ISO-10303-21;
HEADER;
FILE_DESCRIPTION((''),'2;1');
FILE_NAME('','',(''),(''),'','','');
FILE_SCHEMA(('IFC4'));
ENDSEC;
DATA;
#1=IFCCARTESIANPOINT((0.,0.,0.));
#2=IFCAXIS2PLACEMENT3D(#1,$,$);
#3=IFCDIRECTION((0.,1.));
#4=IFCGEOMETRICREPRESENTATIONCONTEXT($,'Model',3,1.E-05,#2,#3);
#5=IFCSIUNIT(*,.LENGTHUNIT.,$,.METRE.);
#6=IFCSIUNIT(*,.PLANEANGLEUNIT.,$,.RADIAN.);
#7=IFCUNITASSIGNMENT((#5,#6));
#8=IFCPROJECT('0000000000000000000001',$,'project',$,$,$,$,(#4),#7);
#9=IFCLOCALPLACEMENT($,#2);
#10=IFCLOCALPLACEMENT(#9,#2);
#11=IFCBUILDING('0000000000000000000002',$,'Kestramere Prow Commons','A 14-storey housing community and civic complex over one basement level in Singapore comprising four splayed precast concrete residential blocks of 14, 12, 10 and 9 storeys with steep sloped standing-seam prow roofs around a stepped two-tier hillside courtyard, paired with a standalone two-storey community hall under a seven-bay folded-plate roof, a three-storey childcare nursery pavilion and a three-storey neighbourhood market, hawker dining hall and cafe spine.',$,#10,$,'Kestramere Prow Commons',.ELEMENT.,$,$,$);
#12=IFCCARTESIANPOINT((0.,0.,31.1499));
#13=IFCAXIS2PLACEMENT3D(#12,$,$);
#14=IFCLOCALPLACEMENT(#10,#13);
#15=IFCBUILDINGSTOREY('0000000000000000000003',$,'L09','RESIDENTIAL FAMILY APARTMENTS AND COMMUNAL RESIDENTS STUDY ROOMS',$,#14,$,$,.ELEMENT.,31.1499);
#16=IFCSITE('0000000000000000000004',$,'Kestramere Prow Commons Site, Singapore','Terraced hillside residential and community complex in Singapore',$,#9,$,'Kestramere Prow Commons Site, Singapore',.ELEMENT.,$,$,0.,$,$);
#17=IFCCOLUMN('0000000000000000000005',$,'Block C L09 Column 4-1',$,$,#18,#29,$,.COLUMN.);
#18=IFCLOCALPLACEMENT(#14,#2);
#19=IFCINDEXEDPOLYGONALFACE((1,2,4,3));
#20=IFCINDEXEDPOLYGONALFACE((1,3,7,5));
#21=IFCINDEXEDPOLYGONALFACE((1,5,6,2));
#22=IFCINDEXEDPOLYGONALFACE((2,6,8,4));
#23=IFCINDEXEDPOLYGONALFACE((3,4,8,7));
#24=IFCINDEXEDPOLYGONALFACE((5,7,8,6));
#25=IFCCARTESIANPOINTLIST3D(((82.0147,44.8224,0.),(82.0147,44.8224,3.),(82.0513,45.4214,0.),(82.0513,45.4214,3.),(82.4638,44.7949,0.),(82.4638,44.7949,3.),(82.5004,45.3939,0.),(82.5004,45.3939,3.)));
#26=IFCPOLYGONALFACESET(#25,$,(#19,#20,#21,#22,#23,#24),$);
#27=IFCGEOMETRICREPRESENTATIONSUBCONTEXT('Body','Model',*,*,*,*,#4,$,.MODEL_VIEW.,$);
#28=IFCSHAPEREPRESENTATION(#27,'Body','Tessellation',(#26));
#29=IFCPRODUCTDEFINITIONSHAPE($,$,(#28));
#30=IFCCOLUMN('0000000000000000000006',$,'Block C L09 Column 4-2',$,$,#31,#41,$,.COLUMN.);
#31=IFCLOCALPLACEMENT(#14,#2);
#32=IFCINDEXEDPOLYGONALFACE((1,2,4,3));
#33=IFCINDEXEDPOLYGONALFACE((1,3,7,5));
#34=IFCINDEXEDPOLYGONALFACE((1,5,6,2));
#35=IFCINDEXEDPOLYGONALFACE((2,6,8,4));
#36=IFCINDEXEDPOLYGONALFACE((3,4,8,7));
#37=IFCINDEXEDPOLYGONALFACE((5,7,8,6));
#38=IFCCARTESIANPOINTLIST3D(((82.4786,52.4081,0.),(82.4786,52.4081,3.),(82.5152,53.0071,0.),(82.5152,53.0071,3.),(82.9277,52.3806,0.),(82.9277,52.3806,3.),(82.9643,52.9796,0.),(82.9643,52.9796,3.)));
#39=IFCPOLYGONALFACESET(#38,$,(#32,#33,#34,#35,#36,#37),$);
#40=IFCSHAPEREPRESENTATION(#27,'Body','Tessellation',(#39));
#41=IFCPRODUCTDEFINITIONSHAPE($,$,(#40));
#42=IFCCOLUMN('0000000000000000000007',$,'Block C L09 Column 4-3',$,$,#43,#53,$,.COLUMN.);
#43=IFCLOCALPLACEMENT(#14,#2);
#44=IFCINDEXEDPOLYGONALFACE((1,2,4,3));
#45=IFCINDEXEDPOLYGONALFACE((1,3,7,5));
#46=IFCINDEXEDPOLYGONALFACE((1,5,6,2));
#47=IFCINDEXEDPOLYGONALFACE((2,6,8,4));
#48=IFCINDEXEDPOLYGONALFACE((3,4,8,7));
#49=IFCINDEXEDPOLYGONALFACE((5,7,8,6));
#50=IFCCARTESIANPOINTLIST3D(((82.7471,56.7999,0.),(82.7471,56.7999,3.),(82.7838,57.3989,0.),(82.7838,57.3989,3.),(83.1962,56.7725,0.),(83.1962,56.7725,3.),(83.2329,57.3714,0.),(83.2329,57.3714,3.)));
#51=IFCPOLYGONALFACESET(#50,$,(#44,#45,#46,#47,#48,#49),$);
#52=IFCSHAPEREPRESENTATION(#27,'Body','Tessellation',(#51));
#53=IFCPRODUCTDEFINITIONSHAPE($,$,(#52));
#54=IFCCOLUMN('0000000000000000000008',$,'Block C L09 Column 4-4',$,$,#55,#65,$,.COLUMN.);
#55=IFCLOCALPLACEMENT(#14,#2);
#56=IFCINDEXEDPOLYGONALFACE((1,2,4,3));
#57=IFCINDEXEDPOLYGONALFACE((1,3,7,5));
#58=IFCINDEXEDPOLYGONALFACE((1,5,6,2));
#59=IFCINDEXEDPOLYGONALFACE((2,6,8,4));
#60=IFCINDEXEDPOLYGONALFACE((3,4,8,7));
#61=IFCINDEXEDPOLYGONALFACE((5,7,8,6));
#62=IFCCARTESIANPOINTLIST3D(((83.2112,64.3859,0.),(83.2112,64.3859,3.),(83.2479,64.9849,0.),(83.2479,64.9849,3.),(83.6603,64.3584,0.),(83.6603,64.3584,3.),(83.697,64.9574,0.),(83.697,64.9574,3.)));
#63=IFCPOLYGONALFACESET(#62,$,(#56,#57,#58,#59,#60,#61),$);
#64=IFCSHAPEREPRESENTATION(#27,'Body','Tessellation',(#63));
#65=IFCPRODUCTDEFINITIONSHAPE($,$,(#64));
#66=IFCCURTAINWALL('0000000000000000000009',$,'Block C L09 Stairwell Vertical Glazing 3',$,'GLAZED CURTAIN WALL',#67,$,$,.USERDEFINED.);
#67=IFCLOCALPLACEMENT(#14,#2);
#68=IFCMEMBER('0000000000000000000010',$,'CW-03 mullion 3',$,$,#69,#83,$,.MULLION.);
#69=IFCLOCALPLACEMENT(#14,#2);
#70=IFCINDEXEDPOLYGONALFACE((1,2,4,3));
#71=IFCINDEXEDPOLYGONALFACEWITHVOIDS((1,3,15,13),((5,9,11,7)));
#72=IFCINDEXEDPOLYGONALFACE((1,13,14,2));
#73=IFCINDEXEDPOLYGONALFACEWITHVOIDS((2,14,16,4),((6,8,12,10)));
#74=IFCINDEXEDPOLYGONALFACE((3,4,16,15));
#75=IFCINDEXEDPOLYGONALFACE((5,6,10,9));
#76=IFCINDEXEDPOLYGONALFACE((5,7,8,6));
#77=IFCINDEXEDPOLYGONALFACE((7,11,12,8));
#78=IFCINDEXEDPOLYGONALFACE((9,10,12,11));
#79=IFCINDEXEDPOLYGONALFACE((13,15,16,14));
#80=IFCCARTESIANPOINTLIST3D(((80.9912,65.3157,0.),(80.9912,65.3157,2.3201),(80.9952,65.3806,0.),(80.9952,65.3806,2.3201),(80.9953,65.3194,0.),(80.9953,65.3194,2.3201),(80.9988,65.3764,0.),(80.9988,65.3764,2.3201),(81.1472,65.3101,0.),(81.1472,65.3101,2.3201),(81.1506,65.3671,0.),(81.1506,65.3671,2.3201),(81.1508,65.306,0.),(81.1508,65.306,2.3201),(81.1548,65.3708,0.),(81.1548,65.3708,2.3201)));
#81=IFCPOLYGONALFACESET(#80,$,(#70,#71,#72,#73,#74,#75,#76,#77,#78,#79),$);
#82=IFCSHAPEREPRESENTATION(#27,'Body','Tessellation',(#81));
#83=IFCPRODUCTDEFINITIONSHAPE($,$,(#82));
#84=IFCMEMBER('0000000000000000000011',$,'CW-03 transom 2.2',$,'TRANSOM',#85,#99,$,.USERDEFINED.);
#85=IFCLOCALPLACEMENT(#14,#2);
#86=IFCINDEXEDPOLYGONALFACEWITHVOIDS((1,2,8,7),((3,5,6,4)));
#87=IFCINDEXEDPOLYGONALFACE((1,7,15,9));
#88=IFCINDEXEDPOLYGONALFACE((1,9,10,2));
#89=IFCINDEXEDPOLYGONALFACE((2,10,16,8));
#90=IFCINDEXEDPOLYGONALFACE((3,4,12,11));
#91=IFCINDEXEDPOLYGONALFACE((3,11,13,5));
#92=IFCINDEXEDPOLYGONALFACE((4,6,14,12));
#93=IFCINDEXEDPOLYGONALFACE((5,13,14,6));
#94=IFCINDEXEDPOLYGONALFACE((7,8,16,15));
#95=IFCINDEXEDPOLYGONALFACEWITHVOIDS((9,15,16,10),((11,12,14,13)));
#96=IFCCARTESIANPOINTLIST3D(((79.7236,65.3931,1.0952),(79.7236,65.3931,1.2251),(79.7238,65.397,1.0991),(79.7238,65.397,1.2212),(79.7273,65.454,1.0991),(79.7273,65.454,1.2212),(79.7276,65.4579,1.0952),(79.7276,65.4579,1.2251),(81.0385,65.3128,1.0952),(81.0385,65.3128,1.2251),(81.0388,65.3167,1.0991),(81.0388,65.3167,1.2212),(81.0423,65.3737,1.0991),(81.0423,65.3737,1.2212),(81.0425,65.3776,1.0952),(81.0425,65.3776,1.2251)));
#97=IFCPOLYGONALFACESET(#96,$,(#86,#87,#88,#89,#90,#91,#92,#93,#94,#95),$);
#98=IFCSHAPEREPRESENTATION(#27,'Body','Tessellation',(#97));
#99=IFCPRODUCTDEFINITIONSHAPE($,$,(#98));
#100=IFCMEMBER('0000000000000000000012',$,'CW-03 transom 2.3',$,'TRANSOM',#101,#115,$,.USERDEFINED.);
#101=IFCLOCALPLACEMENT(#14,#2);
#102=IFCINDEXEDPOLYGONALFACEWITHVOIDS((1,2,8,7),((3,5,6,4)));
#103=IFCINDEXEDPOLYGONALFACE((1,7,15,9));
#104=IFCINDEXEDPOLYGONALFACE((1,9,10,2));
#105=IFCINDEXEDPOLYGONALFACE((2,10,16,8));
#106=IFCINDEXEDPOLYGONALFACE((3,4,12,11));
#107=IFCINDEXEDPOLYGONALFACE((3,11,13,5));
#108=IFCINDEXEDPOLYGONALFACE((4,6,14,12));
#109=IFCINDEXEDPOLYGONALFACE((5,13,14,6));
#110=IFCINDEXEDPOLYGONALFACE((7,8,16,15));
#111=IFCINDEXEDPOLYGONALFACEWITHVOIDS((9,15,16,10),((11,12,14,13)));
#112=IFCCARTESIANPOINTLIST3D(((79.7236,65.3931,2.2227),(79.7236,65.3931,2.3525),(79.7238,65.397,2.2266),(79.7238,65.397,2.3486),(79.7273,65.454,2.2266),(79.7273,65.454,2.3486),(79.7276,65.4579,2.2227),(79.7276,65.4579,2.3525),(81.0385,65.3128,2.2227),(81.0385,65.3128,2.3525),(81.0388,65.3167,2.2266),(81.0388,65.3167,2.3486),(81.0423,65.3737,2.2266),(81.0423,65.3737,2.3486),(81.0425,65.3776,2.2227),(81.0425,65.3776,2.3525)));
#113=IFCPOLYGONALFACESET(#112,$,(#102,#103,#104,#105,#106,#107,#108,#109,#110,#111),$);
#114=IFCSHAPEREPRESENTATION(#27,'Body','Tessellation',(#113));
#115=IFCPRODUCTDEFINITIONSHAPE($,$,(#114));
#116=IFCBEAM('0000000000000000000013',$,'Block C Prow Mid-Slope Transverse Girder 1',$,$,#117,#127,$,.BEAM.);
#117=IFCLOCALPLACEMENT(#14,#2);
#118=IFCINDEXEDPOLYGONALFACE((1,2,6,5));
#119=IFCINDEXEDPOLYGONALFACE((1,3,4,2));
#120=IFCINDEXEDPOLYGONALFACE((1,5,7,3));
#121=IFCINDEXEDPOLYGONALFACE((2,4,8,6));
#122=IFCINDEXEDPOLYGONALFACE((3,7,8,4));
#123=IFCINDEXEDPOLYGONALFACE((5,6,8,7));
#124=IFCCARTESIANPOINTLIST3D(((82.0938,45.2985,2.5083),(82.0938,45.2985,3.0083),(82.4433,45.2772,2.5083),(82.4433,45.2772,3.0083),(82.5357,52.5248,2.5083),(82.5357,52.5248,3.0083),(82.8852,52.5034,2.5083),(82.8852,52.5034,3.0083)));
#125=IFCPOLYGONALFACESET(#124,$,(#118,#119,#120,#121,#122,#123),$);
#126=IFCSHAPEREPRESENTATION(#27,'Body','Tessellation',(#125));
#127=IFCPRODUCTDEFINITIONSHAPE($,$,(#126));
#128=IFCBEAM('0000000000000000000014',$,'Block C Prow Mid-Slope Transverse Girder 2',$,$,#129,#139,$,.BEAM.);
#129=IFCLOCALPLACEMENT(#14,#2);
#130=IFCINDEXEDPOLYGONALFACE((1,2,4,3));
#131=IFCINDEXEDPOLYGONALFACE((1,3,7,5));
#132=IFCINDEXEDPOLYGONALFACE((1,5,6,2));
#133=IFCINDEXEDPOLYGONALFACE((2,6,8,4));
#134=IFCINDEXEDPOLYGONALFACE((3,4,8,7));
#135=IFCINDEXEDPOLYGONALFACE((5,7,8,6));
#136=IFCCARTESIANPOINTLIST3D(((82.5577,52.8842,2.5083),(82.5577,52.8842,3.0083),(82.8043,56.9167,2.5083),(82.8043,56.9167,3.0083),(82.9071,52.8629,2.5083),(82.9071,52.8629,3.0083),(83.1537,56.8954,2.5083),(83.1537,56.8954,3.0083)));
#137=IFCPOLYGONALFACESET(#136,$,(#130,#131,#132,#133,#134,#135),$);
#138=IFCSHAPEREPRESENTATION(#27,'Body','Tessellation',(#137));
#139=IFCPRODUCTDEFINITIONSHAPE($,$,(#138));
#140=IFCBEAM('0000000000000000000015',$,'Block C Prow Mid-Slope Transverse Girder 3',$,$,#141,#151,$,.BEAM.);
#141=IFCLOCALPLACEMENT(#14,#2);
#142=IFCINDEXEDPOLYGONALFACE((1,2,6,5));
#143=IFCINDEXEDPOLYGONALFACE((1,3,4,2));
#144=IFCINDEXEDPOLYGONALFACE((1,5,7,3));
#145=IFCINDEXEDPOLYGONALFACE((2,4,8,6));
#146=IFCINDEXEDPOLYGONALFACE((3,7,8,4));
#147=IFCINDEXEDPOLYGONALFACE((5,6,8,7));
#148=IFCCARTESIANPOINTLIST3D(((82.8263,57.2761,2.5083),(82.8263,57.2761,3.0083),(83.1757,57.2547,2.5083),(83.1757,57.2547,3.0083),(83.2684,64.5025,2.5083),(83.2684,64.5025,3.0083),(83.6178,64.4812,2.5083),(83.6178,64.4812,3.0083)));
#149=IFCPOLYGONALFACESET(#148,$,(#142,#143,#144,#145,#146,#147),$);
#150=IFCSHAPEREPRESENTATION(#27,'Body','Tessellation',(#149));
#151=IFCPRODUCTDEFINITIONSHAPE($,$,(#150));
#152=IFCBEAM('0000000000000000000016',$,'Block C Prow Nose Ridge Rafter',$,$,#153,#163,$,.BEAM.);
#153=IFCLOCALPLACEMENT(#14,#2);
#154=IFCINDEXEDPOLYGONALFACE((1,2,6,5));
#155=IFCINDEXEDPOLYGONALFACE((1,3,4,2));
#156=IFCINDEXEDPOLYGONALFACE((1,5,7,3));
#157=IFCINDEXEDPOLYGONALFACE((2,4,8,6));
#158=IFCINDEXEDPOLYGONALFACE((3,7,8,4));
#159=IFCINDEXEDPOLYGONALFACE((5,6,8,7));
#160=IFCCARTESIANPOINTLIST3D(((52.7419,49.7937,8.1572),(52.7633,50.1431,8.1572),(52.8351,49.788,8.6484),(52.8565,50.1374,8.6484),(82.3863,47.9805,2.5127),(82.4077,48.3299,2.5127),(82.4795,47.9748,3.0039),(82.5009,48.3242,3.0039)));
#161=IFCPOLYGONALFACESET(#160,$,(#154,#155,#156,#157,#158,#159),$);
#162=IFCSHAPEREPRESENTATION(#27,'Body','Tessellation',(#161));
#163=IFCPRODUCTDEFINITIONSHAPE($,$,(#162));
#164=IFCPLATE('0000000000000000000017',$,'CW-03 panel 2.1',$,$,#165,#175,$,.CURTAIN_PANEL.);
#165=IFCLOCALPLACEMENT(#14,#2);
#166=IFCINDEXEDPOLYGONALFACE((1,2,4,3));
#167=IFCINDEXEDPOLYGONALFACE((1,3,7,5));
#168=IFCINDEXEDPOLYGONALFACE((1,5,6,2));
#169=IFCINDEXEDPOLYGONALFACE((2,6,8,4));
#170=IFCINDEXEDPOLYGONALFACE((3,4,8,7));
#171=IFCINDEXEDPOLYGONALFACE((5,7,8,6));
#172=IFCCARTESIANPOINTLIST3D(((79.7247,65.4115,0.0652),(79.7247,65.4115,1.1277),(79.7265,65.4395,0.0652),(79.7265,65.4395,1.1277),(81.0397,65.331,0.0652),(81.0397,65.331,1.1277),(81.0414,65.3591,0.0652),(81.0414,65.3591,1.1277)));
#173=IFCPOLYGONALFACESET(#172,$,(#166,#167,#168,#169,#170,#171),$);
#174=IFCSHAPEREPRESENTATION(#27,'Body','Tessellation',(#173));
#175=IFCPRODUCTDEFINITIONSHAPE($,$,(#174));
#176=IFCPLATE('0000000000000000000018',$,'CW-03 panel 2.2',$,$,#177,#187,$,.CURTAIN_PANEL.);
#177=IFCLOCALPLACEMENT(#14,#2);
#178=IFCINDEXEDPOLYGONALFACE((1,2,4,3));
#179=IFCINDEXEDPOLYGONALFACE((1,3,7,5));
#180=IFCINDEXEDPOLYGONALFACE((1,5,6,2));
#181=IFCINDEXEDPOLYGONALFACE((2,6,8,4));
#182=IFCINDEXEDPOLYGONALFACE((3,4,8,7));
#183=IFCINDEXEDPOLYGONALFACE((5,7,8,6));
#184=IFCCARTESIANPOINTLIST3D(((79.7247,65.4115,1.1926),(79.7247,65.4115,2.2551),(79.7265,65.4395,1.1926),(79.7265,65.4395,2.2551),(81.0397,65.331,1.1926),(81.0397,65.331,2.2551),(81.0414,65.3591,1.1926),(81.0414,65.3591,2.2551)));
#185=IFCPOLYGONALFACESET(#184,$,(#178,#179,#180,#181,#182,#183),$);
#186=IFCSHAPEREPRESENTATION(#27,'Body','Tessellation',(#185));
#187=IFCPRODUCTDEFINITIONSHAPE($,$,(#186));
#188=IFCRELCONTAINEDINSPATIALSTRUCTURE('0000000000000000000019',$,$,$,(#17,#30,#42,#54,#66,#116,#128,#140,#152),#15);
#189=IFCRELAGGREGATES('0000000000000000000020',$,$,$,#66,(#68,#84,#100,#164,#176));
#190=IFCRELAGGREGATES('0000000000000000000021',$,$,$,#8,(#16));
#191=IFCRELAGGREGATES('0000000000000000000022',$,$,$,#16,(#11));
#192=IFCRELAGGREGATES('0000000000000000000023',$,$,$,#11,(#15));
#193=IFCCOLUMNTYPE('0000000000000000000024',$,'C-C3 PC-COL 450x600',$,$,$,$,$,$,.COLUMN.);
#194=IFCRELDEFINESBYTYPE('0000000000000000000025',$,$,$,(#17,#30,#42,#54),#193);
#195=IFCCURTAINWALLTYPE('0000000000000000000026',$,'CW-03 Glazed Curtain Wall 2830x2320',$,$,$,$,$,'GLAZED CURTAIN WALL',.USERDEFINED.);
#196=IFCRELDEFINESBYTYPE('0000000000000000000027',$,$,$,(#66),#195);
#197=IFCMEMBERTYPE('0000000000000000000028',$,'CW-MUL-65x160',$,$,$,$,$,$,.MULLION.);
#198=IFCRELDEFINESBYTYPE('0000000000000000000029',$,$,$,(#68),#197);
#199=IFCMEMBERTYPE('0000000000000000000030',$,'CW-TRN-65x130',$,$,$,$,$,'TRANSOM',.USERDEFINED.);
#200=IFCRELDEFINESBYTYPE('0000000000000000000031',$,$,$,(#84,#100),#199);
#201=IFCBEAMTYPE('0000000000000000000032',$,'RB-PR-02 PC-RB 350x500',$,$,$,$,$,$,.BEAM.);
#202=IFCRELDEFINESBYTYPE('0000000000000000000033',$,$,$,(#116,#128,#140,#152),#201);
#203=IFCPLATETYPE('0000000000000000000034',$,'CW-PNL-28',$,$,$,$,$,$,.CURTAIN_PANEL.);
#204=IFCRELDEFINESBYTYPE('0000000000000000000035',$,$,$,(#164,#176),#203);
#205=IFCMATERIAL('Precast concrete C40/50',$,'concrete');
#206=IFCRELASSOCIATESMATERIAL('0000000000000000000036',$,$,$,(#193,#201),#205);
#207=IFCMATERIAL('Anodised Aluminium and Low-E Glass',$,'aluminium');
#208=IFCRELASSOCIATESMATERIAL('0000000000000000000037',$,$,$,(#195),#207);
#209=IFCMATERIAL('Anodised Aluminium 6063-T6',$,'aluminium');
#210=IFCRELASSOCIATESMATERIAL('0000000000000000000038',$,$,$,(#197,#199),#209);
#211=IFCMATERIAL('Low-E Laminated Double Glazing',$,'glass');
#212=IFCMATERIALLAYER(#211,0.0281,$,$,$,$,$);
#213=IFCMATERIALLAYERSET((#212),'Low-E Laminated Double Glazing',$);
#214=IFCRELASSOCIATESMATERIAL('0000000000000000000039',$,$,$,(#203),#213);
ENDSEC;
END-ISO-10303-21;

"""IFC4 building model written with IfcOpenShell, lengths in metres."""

from ifc_helpers import new_model, si_unit, direction, frame, origin, origin_2d, place, context, subcontext, project, spatial, rectangle, hollow_rectangle, extrude, material, layer, layer_set, material_profile, profile_set, type_object, element, aggregate, save


model = new_model("IFC4")

# Units and contexts
model_context = context("Model", 3, precision=1e-05, world=origin(), true_north=direction((0.0, 1.0)))
body_context = subcontext(model_context, "Body", "Model", "MODEL_VIEW")
ifc_project = project(units=[si_unit("LENGTHUNIT", "METRE"), si_unit("PLANEANGLEUNIT", "RADIAN")], contexts=[model_context])

# Site, building, storey
site_placement = place(None, origin())
site = spatial("IfcSite", under=ifc_project, at=site_placement, Name="Kestramere Prow Commons Site, Singapore", Description="Terraced hillside residential and community complex in Singapore", LongName="Kestramere Prow Commons Site, Singapore", CompositionType="ELEMENT", RefElevation=0.0)
building_placement = place(site_placement, origin())
building = spatial("IfcBuilding", under=site, at=building_placement, Name="Kestramere Prow Commons", Description="A 14-storey housing community and civic complex over one basement level in Singapore comprising four splayed precast concrete residential blocks of 14, 12, 10 and 9 storeys with steep sloped standing-seam prow roofs around a stepped two-tier hillside courtyard, paired with a standalone two-storey community hall under a seven-bay folded-plate roof, a three-storey childcare nursery pavilion and a three-storey neighbourhood market, hawker dining hall and cafe spine.", LongName="Kestramere Prow Commons", CompositionType="ELEMENT")
storey_placement = place(building_placement, frame((0.0, 0.0, 31.1499)))
storey = spatial("IfcBuildingStorey", under=building, at=storey_placement, Name="L09", Description="RESIDENTIAL FAMILY APARTMENTS AND COMMUNAL RESIDENTS STUDY ROOMS", CompositionType="ELEMENT", Elevation=31.1499)

# Columns
ifc_material_1 = material(Name="Precast concrete C40/50", Category="concrete")
ifc_material_profile_1 = material_profile(ifc_material_1, rectangle(XDim=0.45, YDim=0.6001, at=origin_2d()), Name="PC-COL 450x600")
ifc_profile_set_1 = profile_set([ifc_material_profile_1], Name="Precast concrete C40/50")
column_type = type_object("IfcColumnType", Name="C-C3 PC-COL 450x600", PredefinedType="COLUMN", material=ifc_profile_set_1)
for number, where, z_axis, x_axis, name in (
    (1, (82.2576, 45.1082, 0.0), (0.0, 0.0, 1.0), (0.998135, -0.061049, 0.0), "Block C L09 Column 4-1"),
    (2, (82.7214, 52.6938, 0.0), (0.0, 0.0, 1.0), (0.998135, -0.061049, 0.0), "Block C L09 Column 4-2"),
    (3, (82.99, 57.0857, 0.0), (0.0, 0.0, 1.0), (0.998135, -0.061049, 0.0), "Block C L09 Column 4-3"),
    (4, (83.4541, 64.6716, 0.0), (0.0, 0.0, 1.0), (0.998135, -0.061049, 0.0), "Block C L09 Column 4-4"),
):
    element("IfcColumn", number, at=place(storey_placement, frame(where, z_axis=z_axis, x_axis=x_axis)), inside=storey, type_object=column_type, Name=name, PredefinedType="COLUMN", context=body_context, shape_type="SweptSolid", body=[
        extrude(rectangle(XDim=0.45, YDim=0.6001, at=origin_2d()), origin(), (0.0, 0.0, 1.0), 3.0),
    ])

# Curtain wall, members
ifc_material_2 = material(Name="Anodised Aluminium and Low-E Glass", Category="aluminium")
curtain_wall_type = type_object("IfcCurtainWallType", Name="CW-03 Glazed Curtain Wall 2830x2320", ElementType="GLAZED CURTAIN WALL", PredefinedType="USERDEFINED", material=ifc_material_2)
curtain_wall_placement = place(storey_placement, origin())
curtain_wall = element("IfcCurtainWall", 5, at=curtain_wall_placement, inside=storey, type_object=curtain_wall_type, Name="Block C L09 Stairwell Vertical Glazing 3", ObjectType="GLAZED CURTAIN WALL", PredefinedType="USERDEFINED")
ifc_material_3 = material(Name="Anodised Aluminium 6063-T6", Category="aluminium")
ifc_material_profile_2 = material_profile(ifc_material_3, hollow_rectangle(XDim=0.0649, YDim=0.1599, WallThickness=0.0039, at=origin_2d()), Name="ALU-MUL 65x160")
ifc_profile_set_2 = profile_set([ifc_material_profile_2], Name="Anodised Aluminium 6063-T6")
member_type_1 = type_object("IfcMemberType", Name="CW-MUL-65x160", PredefinedType="MULLION", material=ifc_profile_set_2)
member_1_placement = place(storey_placement, frame((81.073, 65.3433, 0.0), z_axis=(0.0, 0.0, 1.0), x_axis=(0.061048, 0.998135, 0.0)))
member_1 = element("IfcMember", 6, at=member_1_placement, type_object=member_type_1, Name="CW-03 mullion 3", PredefinedType="MULLION", context=body_context, shape_type="SweptSolid", body=[
    extrude(hollow_rectangle(XDim=0.0649, YDim=0.1599, WallThickness=0.0039, at=origin_2d()), origin(), (0.0, 0.0, 1.0), 2.3201),
])
ifc_material_profile_3 = material_profile(ifc_material_3, hollow_rectangle(XDim=0.0649, YDim=0.1299, WallThickness=0.0039, at=origin_2d()), Name="ALU-TRN 65x130")
ifc_profile_set_3 = profile_set([ifc_material_profile_3], Name="Anodised Aluminium 6063-T6")
member_type_2 = type_object("IfcMemberType", Name="CW-TRN-65x130", ElementType="TRANSOM", PredefinedType="USERDEFINED", material=ifc_profile_set_3)
member_2_placement = place(storey_placement, frame((79.7256, 65.4255, 1.1602), z_axis=(0.99814, -0.060971, 0.0), x_axis=(0.060971, 0.99814, 0.0)))
member_2 = element("IfcMember", 7, at=member_2_placement, type_object=member_type_2, Name="CW-03 transom 2.2", ObjectType="TRANSOM", PredefinedType="USERDEFINED", context=body_context, shape_type="SweptSolid", body=[
    extrude(hollow_rectangle(XDim=0.0649, YDim=0.1299, WallThickness=0.0039, at=origin_2d()), origin(), (0.0, 0.0, 1.0), 1.3174),
])
member_3_placement = place(storey_placement, frame((79.7256, 65.4255, 2.2876), z_axis=(0.99814, -0.060971, 0.0), x_axis=(0.060971, 0.99814, 0.0)))
member_3 = element("IfcMember", 8, at=member_3_placement, type_object=member_type_2, Name="CW-03 transom 2.3", ObjectType="TRANSOM", PredefinedType="USERDEFINED", context=body_context, shape_type="SweptSolid", body=[
    extrude(hollow_rectangle(XDim=0.0649, YDim=0.1299, WallThickness=0.0039, at=origin_2d()), origin(), (0.0, 0.0, 1.0), 1.3174),
])

# Beams
ifc_material_profile_4 = material_profile(ifc_material_1, rectangle(XDim=0.3501, YDim=0.5, at=origin_2d()), Name="PC-RB 350x500")
ifc_profile_set_4 = profile_set([ifc_material_profile_4], Name="Precast concrete C40/50")
beam_type = type_object("IfcBeamType", Name="RB-PR-02 PC-RB 350x500", PredefinedType="BEAM", material=ifc_profile_set_4)
beam_1_placement = place(storey_placement, frame((82.2686, 45.2878, 2.7583), z_axis=(0.061037, 0.998136, 0.0), x_axis=(-0.998136, 0.061037, 0.0)))
element("IfcBeam", 9, at=beam_1_placement, inside=storey, type_object=beam_type, Name="Block C Prow Mid-Slope Transverse Girder 1", PredefinedType="BEAM", context=body_context, shape_type="SweptSolid", body=[
    extrude(rectangle(XDim=0.3501, YDim=0.5, at=origin_2d()), origin(), (0.0, 0.0, 1.0), 7.2397),
])
beam_2_placement = place(storey_placement, frame((82.7324, 52.8735, 2.7583), z_axis=(0.061035, 0.998136, 0.0), x_axis=(-0.998136, 0.061035, 0.0)))
element("IfcBeam", 10, at=beam_2_placement, inside=storey, type_object=beam_type, Name="Block C Prow Mid-Slope Transverse Girder 2", PredefinedType="BEAM", context=body_context, shape_type="SweptSolid", body=[
    extrude(rectangle(XDim=0.3501, YDim=0.5, at=origin_2d()), origin(), (0.0, 0.0, 1.0), 4.04),
])
beam_3_placement = place(storey_placement, frame((83.001, 57.2654, 2.7583), z_axis=(0.061068, 0.998134, 0.0), x_axis=(-0.998134, 0.061068, 0.0)))
element("IfcBeam", 11, at=beam_3_placement, inside=storey, type_object=beam_type, Name="Block C Prow Mid-Slope Transverse Girder 3", PredefinedType="BEAM", context=body_context, shape_type="SweptSolid", body=[
    extrude(rectangle(XDim=0.3501, YDim=0.5, at=origin_2d()), origin(), (0.0, 0.0, 1.0), 7.24),
])
beam_4_placement = place(storey_placement, frame((82.4436, 48.1523, 2.7583), z_axis=(-0.980582, 0.059978, 0.18671), x_axis=(-0.061052, -0.998135, 0.0)))
element("IfcBeam", 12, at=beam_4_placement, inside=storey, type_object=beam_type, Name="Block C Prow Nose Ridge Rafter", PredefinedType="BEAM", context=body_context, shape_type="SweptSolid", body=[
    extrude(rectangle(XDim=0.3501, YDim=0.5, at=origin_2d()), origin(), (0.0, 0.0, 1.0), 30.2314),
])

# Plates
ifc_material_4 = material(Name="Low-E Laminated Double Glazing", Category="glass")
ifc_layer_1 = layer(ifc_material_4, 0.0281)
ifc_layer_set_1 = layer_set([ifc_layer_1], Name="Low-E Laminated Double Glazing")
plate_type = type_object("IfcPlateType", Name="CW-PNL-28", PredefinedType="CURTAIN_PANEL", material=ifc_layer_set_1)
plate_1_placement = place(storey_placement, frame((80.3831, 65.3853, 0.0652), z_axis=(0.0, 0.0, 1.0), x_axis=(0.998135, -0.061048, 0.0)))
plate_1 = element("IfcPlate", 13, at=plate_1_placement, type_object=plate_type, Name="CW-03 panel 2.1", PredefinedType="CURTAIN_PANEL", context=body_context, shape_type="SweptSolid", body=[
    extrude(rectangle(XDim=1.3174, YDim=0.0281, at=origin_2d()), origin(), (0.0, 0.0, 1.0), 1.0625),
])
plate_2_placement = place(storey_placement, frame((80.3831, 65.3853, 1.1926), z_axis=(0.0, 0.0, 1.0), x_axis=(0.998135, -0.061048, 0.0)))
plate_2 = element("IfcPlate", 14, at=plate_2_placement, type_object=plate_type, Name="CW-03 panel 2.2", PredefinedType="CURTAIN_PANEL", context=body_context, shape_type="SweptSolid", body=[
    extrude(rectangle(XDim=1.3174, YDim=0.0281, at=origin_2d()), origin(), (0.0, 0.0, 1.0), 1.0625),
])
aggregate(curtain_wall, [member_1, member_2, member_3, plate_1, plate_2])

save(model, "model.ifc")
